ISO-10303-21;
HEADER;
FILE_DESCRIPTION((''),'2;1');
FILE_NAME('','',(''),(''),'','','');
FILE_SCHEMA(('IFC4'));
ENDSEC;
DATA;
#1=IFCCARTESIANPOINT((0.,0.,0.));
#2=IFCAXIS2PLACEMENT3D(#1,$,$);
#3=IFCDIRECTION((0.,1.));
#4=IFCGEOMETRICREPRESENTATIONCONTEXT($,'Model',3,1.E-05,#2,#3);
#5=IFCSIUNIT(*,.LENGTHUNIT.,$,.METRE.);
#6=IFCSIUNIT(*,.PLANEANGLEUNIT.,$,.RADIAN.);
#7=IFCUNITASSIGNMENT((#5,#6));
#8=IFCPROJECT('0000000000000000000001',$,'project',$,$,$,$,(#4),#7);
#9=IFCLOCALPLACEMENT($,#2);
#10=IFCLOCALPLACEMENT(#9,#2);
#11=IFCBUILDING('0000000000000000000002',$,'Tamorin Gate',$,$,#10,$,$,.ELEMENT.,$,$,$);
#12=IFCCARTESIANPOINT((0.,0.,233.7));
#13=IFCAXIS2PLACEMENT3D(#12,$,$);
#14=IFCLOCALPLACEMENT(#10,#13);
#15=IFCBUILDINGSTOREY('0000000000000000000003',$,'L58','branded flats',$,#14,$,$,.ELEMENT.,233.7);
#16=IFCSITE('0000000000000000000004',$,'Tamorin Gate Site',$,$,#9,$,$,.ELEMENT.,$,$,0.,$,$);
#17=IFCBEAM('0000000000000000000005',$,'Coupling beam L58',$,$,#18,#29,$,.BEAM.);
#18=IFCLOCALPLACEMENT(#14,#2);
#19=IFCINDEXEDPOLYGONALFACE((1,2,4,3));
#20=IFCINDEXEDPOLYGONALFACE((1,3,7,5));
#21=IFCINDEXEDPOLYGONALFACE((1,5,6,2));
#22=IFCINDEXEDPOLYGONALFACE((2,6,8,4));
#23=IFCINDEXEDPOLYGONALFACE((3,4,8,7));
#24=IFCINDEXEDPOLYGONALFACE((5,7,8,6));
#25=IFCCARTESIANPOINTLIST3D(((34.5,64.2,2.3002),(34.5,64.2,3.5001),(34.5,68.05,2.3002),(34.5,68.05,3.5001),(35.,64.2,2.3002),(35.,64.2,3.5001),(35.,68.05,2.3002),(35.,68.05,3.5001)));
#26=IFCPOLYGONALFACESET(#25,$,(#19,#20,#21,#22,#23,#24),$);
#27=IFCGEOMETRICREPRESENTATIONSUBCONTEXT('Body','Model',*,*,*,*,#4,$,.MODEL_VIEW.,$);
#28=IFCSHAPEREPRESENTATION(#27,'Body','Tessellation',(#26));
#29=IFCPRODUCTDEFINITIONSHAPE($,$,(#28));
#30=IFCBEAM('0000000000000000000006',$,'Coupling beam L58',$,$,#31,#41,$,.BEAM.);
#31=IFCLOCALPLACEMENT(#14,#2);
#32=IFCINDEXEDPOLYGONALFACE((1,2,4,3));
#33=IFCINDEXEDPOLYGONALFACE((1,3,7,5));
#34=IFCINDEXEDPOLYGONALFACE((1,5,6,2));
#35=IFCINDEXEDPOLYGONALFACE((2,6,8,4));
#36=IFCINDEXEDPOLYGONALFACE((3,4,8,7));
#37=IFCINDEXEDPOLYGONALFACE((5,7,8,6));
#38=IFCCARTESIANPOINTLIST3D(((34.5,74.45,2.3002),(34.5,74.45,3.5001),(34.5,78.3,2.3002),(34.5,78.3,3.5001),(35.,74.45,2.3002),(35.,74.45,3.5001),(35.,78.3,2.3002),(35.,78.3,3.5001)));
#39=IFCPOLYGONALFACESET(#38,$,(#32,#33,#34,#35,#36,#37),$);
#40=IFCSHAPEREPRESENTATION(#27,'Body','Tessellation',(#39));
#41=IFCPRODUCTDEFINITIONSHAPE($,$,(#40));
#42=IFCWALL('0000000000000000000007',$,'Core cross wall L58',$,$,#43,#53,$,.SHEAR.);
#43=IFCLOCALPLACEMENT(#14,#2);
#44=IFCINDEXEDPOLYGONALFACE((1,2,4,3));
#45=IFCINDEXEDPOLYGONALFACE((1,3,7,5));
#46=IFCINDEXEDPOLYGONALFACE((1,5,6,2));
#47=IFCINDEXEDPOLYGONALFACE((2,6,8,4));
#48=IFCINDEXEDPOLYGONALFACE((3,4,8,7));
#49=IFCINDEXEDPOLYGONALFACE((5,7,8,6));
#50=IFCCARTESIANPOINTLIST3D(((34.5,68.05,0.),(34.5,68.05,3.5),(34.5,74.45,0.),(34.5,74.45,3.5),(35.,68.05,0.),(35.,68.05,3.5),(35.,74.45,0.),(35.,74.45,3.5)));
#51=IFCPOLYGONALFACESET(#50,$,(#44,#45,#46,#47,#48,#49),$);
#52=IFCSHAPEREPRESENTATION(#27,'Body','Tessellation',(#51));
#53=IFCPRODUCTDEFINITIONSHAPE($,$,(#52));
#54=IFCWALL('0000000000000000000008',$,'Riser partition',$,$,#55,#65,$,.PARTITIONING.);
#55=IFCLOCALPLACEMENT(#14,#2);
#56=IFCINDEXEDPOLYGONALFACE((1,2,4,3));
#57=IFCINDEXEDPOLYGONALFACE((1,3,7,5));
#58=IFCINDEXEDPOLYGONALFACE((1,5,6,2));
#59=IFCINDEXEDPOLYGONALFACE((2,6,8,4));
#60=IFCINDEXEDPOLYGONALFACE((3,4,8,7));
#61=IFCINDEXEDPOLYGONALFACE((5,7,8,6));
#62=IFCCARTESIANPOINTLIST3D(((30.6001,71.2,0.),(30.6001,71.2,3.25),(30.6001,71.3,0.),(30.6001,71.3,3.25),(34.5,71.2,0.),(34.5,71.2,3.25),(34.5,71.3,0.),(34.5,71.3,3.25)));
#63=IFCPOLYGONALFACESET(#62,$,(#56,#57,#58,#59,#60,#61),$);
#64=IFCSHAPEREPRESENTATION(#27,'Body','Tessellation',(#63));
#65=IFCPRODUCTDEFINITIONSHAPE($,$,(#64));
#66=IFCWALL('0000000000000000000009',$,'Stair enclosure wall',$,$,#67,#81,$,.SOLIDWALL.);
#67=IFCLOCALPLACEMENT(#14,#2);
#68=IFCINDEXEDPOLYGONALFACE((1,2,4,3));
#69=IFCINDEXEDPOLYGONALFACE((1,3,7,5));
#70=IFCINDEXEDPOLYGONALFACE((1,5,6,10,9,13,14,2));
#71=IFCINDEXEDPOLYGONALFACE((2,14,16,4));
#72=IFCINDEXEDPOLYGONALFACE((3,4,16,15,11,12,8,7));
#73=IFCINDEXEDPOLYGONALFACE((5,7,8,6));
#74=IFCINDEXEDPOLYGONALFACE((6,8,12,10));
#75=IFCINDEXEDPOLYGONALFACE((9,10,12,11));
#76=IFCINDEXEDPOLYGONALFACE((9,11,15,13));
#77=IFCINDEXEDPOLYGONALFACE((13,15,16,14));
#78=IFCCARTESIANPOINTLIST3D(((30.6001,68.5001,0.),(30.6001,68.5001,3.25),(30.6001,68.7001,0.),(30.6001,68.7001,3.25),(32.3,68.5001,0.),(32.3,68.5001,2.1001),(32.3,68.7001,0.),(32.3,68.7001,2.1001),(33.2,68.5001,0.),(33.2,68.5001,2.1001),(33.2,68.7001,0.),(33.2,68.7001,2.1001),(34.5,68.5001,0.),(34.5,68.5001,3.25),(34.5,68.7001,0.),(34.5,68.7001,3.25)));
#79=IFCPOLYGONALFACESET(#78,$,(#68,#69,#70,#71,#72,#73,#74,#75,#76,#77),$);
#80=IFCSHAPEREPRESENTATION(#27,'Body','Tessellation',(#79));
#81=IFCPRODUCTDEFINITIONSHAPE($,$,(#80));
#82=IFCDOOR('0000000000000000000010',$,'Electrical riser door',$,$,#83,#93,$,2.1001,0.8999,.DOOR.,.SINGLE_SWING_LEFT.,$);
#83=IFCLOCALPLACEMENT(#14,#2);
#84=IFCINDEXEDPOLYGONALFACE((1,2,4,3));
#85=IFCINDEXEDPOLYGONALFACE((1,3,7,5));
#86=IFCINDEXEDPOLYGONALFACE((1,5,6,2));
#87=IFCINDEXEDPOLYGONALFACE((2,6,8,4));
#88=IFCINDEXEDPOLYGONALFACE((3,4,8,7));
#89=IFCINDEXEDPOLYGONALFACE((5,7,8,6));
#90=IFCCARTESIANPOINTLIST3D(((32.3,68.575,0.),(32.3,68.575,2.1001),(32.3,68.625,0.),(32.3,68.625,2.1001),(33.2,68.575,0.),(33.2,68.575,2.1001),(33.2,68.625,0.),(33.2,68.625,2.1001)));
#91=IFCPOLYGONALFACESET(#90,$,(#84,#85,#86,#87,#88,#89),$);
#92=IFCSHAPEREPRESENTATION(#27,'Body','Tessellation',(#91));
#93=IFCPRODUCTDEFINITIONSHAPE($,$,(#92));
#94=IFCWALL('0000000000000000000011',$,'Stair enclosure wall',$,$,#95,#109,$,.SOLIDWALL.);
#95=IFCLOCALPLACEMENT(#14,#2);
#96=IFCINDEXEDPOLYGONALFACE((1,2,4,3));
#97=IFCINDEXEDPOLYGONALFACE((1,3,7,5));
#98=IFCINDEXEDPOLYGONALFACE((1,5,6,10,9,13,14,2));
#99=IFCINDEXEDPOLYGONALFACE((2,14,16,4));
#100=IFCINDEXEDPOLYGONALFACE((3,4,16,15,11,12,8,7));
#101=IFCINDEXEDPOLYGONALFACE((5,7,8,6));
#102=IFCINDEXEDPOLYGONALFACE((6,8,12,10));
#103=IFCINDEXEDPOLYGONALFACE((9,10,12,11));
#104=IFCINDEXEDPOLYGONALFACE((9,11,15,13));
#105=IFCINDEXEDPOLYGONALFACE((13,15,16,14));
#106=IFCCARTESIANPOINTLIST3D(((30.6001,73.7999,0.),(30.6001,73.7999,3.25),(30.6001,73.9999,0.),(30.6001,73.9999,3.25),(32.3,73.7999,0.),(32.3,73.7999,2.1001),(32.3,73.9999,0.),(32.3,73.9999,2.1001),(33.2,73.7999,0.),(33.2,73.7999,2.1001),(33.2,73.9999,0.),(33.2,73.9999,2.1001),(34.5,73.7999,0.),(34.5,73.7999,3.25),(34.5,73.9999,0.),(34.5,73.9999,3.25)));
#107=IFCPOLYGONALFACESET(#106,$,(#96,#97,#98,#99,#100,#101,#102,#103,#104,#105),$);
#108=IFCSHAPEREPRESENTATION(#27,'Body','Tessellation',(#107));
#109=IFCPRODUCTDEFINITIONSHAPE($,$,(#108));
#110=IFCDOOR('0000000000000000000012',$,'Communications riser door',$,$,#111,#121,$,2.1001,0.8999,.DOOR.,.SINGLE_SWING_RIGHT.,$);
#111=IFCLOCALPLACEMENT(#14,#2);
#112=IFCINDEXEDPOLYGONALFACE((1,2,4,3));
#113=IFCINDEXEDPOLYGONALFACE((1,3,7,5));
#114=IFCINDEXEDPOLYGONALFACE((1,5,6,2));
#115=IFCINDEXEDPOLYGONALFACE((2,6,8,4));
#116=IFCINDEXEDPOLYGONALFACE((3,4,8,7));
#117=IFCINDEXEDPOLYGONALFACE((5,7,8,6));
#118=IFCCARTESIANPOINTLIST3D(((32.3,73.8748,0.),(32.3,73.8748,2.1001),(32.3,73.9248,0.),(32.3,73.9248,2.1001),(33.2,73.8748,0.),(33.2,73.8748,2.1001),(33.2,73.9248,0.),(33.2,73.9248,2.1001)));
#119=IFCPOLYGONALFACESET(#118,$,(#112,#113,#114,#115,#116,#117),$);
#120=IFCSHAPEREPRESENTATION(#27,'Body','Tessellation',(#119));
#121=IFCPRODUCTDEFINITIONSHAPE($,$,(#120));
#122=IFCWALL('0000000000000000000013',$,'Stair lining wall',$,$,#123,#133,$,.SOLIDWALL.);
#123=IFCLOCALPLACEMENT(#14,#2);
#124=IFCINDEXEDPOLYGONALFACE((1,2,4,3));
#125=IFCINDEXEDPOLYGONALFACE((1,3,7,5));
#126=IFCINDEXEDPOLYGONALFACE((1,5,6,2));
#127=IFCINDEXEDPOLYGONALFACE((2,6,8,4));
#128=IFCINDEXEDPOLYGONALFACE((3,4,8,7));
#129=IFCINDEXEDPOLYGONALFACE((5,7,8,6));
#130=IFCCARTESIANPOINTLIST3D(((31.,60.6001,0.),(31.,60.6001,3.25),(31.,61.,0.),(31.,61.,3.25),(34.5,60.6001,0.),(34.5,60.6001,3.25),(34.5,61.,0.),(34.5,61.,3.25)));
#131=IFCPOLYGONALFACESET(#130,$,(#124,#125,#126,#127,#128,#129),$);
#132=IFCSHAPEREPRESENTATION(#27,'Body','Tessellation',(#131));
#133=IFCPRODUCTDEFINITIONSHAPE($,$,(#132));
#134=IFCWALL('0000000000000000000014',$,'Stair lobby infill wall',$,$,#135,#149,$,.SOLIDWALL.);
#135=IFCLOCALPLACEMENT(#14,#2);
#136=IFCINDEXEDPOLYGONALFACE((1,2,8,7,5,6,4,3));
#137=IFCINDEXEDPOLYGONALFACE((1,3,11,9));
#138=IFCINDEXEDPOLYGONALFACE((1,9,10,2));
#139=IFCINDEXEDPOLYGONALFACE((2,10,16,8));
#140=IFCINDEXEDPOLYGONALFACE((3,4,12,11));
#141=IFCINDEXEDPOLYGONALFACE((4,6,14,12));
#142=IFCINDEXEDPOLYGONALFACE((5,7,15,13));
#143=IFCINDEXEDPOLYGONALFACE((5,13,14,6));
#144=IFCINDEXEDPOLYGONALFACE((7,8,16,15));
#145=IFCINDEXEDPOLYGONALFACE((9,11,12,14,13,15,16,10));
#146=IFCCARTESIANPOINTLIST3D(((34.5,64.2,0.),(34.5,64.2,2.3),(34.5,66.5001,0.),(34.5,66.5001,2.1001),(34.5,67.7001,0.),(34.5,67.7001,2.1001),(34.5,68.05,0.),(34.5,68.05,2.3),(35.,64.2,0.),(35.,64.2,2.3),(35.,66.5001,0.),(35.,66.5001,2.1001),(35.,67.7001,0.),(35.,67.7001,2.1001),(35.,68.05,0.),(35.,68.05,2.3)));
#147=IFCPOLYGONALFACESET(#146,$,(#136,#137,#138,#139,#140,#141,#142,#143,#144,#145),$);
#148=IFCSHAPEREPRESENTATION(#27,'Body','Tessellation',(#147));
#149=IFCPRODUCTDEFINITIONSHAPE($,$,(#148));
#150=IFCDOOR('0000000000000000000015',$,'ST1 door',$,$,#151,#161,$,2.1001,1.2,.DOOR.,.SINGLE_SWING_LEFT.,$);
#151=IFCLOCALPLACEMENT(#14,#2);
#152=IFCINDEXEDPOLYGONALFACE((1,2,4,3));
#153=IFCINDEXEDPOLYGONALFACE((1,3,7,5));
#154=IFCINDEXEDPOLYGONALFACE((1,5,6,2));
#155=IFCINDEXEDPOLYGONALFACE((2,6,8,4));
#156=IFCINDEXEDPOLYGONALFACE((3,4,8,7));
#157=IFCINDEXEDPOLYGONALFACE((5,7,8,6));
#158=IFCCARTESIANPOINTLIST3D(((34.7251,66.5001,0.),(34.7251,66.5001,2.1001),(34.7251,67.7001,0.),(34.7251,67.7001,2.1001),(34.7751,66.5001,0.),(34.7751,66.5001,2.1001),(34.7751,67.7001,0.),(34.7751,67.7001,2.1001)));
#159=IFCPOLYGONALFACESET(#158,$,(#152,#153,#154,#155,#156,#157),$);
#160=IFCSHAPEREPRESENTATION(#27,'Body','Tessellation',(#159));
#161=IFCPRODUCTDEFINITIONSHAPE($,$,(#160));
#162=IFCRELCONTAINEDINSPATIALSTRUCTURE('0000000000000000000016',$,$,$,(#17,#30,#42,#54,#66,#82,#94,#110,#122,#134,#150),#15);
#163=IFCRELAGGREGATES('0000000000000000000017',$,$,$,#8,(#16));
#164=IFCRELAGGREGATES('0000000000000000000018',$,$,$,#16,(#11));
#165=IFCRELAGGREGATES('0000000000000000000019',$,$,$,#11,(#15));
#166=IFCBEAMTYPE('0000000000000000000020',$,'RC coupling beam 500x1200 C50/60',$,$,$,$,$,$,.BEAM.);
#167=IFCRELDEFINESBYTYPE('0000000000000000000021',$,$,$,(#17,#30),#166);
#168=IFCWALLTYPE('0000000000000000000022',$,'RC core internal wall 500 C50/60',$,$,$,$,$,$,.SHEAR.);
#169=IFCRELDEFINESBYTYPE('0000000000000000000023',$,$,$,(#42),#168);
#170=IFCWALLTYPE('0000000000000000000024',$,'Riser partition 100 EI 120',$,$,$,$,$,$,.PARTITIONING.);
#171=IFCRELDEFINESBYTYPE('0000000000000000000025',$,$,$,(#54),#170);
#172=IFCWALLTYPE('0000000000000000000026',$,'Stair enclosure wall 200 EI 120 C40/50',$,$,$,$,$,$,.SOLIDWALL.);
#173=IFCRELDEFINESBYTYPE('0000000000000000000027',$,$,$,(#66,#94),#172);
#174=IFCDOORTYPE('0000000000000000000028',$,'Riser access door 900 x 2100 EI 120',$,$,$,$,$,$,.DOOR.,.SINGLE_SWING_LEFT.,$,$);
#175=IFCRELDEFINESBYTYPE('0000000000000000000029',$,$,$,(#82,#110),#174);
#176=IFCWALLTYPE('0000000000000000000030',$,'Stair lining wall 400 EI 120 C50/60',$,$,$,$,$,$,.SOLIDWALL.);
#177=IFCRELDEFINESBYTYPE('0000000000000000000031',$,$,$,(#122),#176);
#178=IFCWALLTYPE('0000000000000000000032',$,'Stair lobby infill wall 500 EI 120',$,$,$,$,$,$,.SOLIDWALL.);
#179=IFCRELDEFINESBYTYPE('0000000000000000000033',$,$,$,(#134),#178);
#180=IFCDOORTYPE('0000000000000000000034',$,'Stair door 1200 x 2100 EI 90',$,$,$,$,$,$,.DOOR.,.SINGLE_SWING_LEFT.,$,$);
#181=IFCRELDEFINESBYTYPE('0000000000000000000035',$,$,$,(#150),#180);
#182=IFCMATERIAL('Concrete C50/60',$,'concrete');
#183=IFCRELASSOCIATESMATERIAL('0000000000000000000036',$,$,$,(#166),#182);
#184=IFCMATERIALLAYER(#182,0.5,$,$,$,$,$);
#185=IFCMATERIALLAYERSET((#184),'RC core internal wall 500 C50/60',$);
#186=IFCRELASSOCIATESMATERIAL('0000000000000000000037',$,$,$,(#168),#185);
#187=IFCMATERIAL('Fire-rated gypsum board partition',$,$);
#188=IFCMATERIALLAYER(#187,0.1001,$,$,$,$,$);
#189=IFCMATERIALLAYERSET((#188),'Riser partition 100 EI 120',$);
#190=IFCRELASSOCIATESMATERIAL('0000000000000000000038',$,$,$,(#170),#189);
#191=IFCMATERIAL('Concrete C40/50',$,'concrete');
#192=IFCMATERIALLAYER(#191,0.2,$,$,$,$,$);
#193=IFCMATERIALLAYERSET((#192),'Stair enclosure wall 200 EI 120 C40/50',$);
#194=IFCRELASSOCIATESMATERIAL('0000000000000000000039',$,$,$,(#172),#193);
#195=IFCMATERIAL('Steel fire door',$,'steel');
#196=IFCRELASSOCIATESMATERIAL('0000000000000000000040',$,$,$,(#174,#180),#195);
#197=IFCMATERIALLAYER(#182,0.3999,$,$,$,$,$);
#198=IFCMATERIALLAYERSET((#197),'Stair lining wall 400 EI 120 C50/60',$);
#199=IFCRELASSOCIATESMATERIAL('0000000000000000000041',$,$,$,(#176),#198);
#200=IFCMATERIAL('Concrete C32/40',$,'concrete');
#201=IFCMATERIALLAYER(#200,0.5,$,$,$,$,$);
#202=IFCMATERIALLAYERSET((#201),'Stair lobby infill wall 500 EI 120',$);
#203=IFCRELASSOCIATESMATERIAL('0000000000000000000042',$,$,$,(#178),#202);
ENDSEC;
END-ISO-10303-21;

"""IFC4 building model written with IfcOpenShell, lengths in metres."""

from ifc_helpers import new_model, si_unit, direction, frame, frame_2d, origin, origin_2d, place, context, subcontext, project, spatial, rectangle, extrude, material, layer, layer_set, material_profile, profile_set, type_object, element, fill, save


model = new_model("IFC4")

# Units and contexts
model_context = context("Model", 3, precision=1e-05, world=origin(), true_north=direction((0.0, 1.0)))
body_context = subcontext(model_context, "Body", "Model", "MODEL_VIEW")
ifc_project = project(units=[si_unit("LENGTHUNIT", "METRE"), si_unit("PLANEANGLEUNIT", "RADIAN")], contexts=[model_context])

# Site, building, storey
site_placement = place(None, origin())
site = spatial("IfcSite", under=ifc_project, at=site_placement, Name="Tamorin Gate Site", CompositionType="ELEMENT", RefElevation=0.0)
building_placement = place(site_placement, origin())
building = spatial("IfcBuilding", under=site, at=building_placement, Name="Tamorin Gate", CompositionType="ELEMENT")
storey_placement = place(building_placement, frame((0.0, 0.0, 233.7)))
storey = spatial("IfcBuildingStorey", under=building, at=storey_placement, Name="L58", Description="branded flats", CompositionType="ELEMENT", Elevation=233.7)

# Beams
ifc_material_1 = material(Name="Concrete C50/60", Category="concrete")
ifc_material_profile = material_profile(ifc_material_1, rectangle(XDim=0.5, YDim=1.2, at=origin_2d()), Name="RC 500x1200")
ifc_profile_set = profile_set([ifc_material_profile], Name="Concrete C50/60")
beam_type = type_object("IfcBeamType", Name="RC coupling beam 500x1200 C50/60", PredefinedType="BEAM", material=ifc_profile_set)
for number, where, z_axis, x_axis, name in (
    (1, (34.75, 64.2, 2.9001), (0.0, 1.0, 0.0), (-1.0, 0.0, 0.0), "Coupling beam L58"),
    (2, (34.75, 74.45, 2.9001), (0.0, 1.0, 0.0), (-1.0, 0.0, 0.0), "Coupling beam L58"),
):
    element("IfcBeam", number, at=place(storey_placement, frame(where, z_axis=z_axis, x_axis=x_axis)), inside=storey, type_object=beam_type, Name=name, PredefinedType="BEAM", context=body_context, shape_type="SweptSolid", body=[
        extrude(rectangle(XDim=0.5, YDim=1.2, at=origin_2d()), origin(), (0.0, 0.0, 1.0), 3.8501),
    ])

# Walls
ifc_layer_1 = layer(ifc_material_1, 0.5)
ifc_layer_set_1 = layer_set([ifc_layer_1], Name="RC core internal wall 500 C50/60")
wall_type_1 = type_object("IfcWallType", Name="RC core internal wall 500 C50/60", PredefinedType="SHEAR", material=ifc_layer_set_1)
wall_1_placement = place(storey_placement, frame((34.75, 68.05, 0.0), z_axis=(0.0, 0.0, 1.0), x_axis=(0.0, 1.0, 0.0)))
element("IfcWall", 3, at=wall_1_placement, inside=storey, type_object=wall_type_1, Name="Core cross wall L58", PredefinedType="SHEAR", context=body_context, shape_type="SweptSolid", body=[
    extrude(rectangle(XDim=6.3999, YDim=0.5, at=frame_2d((3.2, 0.0))), origin(), (0.0, 0.0, 1.0), 3.5),
])
ifc_material_2 = material(Name="Fire-rated gypsum board partition")
ifc_layer_2 = layer(ifc_material_2, 0.1001)
ifc_layer_set_2 = layer_set([ifc_layer_2], Name="Riser partition 100 EI 120")
wall_type_2 = type_object("IfcWallType", Name="Riser partition 100 EI 120", PredefinedType="PARTITIONING", material=ifc_layer_set_2)
wall_2_placement = place(storey_placement, frame((30.6001, 71.25, 0.0), z_axis=(0.0, 0.0, 1.0), x_axis=(1.0, 0.0, 0.0)))
element("IfcWall", 4, at=wall_2_placement, inside=storey, type_object=wall_type_2, Name="Riser partition", PredefinedType="PARTITIONING", context=body_context, shape_type="SweptSolid", body=[
    extrude(rectangle(XDim=3.8999, YDim=0.1001, at=frame_2d((1.95, 0.0))), origin(), (0.0, 0.0, 1.0), 3.25),
])

# Walls, openings, doors
ifc_material_3 = material(Name="Concrete C40/50", Category="concrete")
ifc_layer_3 = layer(ifc_material_3, 0.2)
ifc_layer_set_3 = layer_set([ifc_layer_3], Name="Stair enclosure wall 200 EI 120 C40/50")
wall_type_3 = type_object("IfcWallType", Name="Stair enclosure wall 200 EI 120 C40/50", PredefinedType="SOLIDWALL", material=ifc_layer_set_3)
wall_3_placement = place(storey_placement, frame((30.6001, 68.6001, 0.0), z_axis=(0.0, 0.0, 1.0), x_axis=(1.0, 0.0, 0.0)))
wall_3 = element("IfcWall", 5, at=wall_3_placement, inside=storey, type_object=wall_type_3, Name="Stair enclosure wall", PredefinedType="SOLIDWALL", context=body_context, shape_type="SweptSolid", body=[
    extrude(rectangle(XDim=3.8999, YDim=0.2, at=frame_2d((1.95, 0.0))), origin(), (0.0, 0.0, 1.0), 3.25),
])
opening_1_placement = place(wall_3_placement, frame((1.7, 0.0, 0.0)))
opening_1 = element("IfcOpeningElement", 6, at=opening_1_placement, cuts=wall_3, PredefinedType="OPENING", context=body_context, shape_type="SweptSolid", body=[
    extrude(rectangle(XDim=0.8999, YDim=2.1001, at=frame_2d((0.45, 1.05))), frame((0.0, 0.1099, 0.0), z_axis=(0.0, -1.0, 0.0), x_axis=(1.0, 0.0, 0.0)), (0.0, 0.0, 1.0), 0.22),
])
ifc_material_4 = material(Name="Steel fire door", Category="steel")
door_type_1 = type_object("IfcDoorType", Name="Riser access door 900 x 2100 EI 120", OperationType="SINGLE_SWING_LEFT", PredefinedType="DOOR", material=ifc_material_4)
door_1_placement = place(opening_1_placement, origin())
door_1 = element("IfcDoor", 7, at=door_1_placement, inside=storey, type_object=door_type_1, Name="Electrical riser door", OperationType="SINGLE_SWING_LEFT", OverallHeight=2.1001, OverallWidth=0.8999, PredefinedType="DOOR", context=body_context, shape_type="SweptSolid", body=[
    extrude(rectangle(XDim=0.8999, YDim=2.1001, at=frame_2d((0.45, 1.05))), frame((0.0, 0.0249, 0.0), z_axis=(0.0, -1.0, 0.0), x_axis=(1.0, 0.0, 0.0)), (0.0, 0.0, 1.0), 0.05),
])
fill(opening_1, door_1)
wall_4_placement = place(storey_placement, frame((30.6001, 73.8999, 0.0), z_axis=(0.0, 0.0, 1.0), x_axis=(1.0, 0.0, 0.0)))
wall_4 = element("IfcWall", 8, at=wall_4_placement, inside=storey, type_object=wall_type_3, Name="Stair enclosure wall", PredefinedType="SOLIDWALL", context=body_context, shape_type="SweptSolid", body=[
    extrude(rectangle(XDim=3.8999, YDim=0.2, at=frame_2d((1.95, 0.0))), origin(), (0.0, 0.0, 1.0), 3.25),
])
opening_2_placement = place(wall_4_placement, frame((1.7, 0.0, 0.0)))
opening_2 = element("IfcOpeningElement", 9, at=opening_2_placement, cuts=wall_4, PredefinedType="OPENING", context=body_context, shape_type="SweptSolid", body=[
    extrude(rectangle(XDim=0.8999, YDim=2.1001, at=frame_2d((0.45, 1.05))), frame((0.0, 0.1099, 0.0), z_axis=(0.0, -1.0, 0.0), x_axis=(1.0, 0.0, 0.0)), (0.0, 0.0, 1.0), 0.22),
])
door_2_placement = place(opening_2_placement, origin())
door_2 = element("IfcDoor", 10, at=door_2_placement, inside=storey, type_object=door_type_1, Name="Communications riser door", OperationType="SINGLE_SWING_RIGHT", OverallHeight=2.1001, OverallWidth=0.8999, PredefinedType="DOOR", context=body_context, shape_type="SweptSolid", body=[
    extrude(rectangle(XDim=0.8999, YDim=2.1001, at=frame_2d((0.45, 1.05))), frame((0.0, 0.0249, 0.0), z_axis=(0.0, -1.0, 0.0), x_axis=(1.0, 0.0, 0.0)), (0.0, 0.0, 1.0), 0.05),
])
fill(opening_2, door_2)

# Wall
ifc_layer_4 = layer(ifc_material_1, 0.3999)
ifc_layer_set_4 = layer_set([ifc_layer_4], Name="Stair lining wall 400 EI 120 C50/60")
wall_type_4 = type_object("IfcWallType", Name="Stair lining wall 400 EI 120 C50/60", PredefinedType="SOLIDWALL", material=ifc_layer_set_4)
wall_5_placement = place(storey_placement, frame((31.0, 60.8, 0.0), z_axis=(0.0, 0.0, 1.0), x_axis=(1.0, 0.0, 0.0)))
element("IfcWall", 11, at=wall_5_placement, inside=storey, type_object=wall_type_4, Name="Stair lining wall", PredefinedType="SOLIDWALL", context=body_context, shape_type="SweptSolid", body=[
    extrude(rectangle(XDim=3.5, YDim=0.3999, at=frame_2d((1.75, 0.0))), origin(), (0.0, 0.0, 1.0), 3.25),
])

# Wall, opening, door
ifc_material_5 = material(Name="Concrete C32/40", Category="concrete")
ifc_layer_5 = layer(ifc_material_5, 0.5)
ifc_layer_set_5 = layer_set([ifc_layer_5], Name="Stair lobby infill wall 500 EI 120")
wall_type_5 = type_object("IfcWallType", Name="Stair lobby infill wall 500 EI 120", PredefinedType="SOLIDWALL", material=ifc_layer_set_5)
wall_6_placement = place(storey_placement, frame((34.75, 64.2, 0.0), z_axis=(0.0, 0.0, 1.0), x_axis=(0.0, 1.0, 0.0)))
wall_6 = element("IfcWall", 12, at=wall_6_placement, inside=storey, type_object=wall_type_5, Name="Stair lobby infill wall", PredefinedType="SOLIDWALL", context=body_context, shape_type="SweptSolid", body=[
    extrude(rectangle(XDim=3.8501, YDim=0.5, at=frame_2d((1.925, 0.0))), origin(), (0.0, 0.0, 1.0), 2.3),
])
opening_3_placement = place(wall_6_placement, frame((2.3, 0.0, 0.0)))
opening_3 = element("IfcOpeningElement", 13, at=opening_3_placement, cuts=wall_6, PredefinedType="OPENING", context=body_context, shape_type="SweptSolid", body=[
    extrude(rectangle(XDim=1.2, YDim=2.1001, at=frame_2d((0.6001, 1.05))), frame((0.0, 0.26, 0.0), z_axis=(0.0, -1.0, 0.0), x_axis=(1.0, 0.0, 0.0)), (0.0, 0.0, 1.0), 0.52),
])
door_type_2 = type_object("IfcDoorType", Name="Stair door 1200 x 2100 EI 90", OperationType="SINGLE_SWING_LEFT", PredefinedType="DOOR", material=ifc_material_4)
door_3_placement = place(opening_3_placement, origin())
door_3 = element("IfcDoor", 14, at=door_3_placement, inside=storey, type_object=door_type_2, Name="ST1 door", OperationType="SINGLE_SWING_LEFT", OverallHeight=2.1001, OverallWidth=1.2, PredefinedType="DOOR", context=body_context, shape_type="SweptSolid", body=[
    extrude(rectangle(XDim=1.2, YDim=2.1001, at=frame_2d((0.6001, 1.05))), frame((0.0, 0.0249, 0.0), z_axis=(0.0, -1.0, 0.0), x_axis=(1.0, 0.0, 0.0)), (0.0, 0.0, 1.0), 0.05),
])
fill(opening_3, door_3)

save(model, "model.ifc")
